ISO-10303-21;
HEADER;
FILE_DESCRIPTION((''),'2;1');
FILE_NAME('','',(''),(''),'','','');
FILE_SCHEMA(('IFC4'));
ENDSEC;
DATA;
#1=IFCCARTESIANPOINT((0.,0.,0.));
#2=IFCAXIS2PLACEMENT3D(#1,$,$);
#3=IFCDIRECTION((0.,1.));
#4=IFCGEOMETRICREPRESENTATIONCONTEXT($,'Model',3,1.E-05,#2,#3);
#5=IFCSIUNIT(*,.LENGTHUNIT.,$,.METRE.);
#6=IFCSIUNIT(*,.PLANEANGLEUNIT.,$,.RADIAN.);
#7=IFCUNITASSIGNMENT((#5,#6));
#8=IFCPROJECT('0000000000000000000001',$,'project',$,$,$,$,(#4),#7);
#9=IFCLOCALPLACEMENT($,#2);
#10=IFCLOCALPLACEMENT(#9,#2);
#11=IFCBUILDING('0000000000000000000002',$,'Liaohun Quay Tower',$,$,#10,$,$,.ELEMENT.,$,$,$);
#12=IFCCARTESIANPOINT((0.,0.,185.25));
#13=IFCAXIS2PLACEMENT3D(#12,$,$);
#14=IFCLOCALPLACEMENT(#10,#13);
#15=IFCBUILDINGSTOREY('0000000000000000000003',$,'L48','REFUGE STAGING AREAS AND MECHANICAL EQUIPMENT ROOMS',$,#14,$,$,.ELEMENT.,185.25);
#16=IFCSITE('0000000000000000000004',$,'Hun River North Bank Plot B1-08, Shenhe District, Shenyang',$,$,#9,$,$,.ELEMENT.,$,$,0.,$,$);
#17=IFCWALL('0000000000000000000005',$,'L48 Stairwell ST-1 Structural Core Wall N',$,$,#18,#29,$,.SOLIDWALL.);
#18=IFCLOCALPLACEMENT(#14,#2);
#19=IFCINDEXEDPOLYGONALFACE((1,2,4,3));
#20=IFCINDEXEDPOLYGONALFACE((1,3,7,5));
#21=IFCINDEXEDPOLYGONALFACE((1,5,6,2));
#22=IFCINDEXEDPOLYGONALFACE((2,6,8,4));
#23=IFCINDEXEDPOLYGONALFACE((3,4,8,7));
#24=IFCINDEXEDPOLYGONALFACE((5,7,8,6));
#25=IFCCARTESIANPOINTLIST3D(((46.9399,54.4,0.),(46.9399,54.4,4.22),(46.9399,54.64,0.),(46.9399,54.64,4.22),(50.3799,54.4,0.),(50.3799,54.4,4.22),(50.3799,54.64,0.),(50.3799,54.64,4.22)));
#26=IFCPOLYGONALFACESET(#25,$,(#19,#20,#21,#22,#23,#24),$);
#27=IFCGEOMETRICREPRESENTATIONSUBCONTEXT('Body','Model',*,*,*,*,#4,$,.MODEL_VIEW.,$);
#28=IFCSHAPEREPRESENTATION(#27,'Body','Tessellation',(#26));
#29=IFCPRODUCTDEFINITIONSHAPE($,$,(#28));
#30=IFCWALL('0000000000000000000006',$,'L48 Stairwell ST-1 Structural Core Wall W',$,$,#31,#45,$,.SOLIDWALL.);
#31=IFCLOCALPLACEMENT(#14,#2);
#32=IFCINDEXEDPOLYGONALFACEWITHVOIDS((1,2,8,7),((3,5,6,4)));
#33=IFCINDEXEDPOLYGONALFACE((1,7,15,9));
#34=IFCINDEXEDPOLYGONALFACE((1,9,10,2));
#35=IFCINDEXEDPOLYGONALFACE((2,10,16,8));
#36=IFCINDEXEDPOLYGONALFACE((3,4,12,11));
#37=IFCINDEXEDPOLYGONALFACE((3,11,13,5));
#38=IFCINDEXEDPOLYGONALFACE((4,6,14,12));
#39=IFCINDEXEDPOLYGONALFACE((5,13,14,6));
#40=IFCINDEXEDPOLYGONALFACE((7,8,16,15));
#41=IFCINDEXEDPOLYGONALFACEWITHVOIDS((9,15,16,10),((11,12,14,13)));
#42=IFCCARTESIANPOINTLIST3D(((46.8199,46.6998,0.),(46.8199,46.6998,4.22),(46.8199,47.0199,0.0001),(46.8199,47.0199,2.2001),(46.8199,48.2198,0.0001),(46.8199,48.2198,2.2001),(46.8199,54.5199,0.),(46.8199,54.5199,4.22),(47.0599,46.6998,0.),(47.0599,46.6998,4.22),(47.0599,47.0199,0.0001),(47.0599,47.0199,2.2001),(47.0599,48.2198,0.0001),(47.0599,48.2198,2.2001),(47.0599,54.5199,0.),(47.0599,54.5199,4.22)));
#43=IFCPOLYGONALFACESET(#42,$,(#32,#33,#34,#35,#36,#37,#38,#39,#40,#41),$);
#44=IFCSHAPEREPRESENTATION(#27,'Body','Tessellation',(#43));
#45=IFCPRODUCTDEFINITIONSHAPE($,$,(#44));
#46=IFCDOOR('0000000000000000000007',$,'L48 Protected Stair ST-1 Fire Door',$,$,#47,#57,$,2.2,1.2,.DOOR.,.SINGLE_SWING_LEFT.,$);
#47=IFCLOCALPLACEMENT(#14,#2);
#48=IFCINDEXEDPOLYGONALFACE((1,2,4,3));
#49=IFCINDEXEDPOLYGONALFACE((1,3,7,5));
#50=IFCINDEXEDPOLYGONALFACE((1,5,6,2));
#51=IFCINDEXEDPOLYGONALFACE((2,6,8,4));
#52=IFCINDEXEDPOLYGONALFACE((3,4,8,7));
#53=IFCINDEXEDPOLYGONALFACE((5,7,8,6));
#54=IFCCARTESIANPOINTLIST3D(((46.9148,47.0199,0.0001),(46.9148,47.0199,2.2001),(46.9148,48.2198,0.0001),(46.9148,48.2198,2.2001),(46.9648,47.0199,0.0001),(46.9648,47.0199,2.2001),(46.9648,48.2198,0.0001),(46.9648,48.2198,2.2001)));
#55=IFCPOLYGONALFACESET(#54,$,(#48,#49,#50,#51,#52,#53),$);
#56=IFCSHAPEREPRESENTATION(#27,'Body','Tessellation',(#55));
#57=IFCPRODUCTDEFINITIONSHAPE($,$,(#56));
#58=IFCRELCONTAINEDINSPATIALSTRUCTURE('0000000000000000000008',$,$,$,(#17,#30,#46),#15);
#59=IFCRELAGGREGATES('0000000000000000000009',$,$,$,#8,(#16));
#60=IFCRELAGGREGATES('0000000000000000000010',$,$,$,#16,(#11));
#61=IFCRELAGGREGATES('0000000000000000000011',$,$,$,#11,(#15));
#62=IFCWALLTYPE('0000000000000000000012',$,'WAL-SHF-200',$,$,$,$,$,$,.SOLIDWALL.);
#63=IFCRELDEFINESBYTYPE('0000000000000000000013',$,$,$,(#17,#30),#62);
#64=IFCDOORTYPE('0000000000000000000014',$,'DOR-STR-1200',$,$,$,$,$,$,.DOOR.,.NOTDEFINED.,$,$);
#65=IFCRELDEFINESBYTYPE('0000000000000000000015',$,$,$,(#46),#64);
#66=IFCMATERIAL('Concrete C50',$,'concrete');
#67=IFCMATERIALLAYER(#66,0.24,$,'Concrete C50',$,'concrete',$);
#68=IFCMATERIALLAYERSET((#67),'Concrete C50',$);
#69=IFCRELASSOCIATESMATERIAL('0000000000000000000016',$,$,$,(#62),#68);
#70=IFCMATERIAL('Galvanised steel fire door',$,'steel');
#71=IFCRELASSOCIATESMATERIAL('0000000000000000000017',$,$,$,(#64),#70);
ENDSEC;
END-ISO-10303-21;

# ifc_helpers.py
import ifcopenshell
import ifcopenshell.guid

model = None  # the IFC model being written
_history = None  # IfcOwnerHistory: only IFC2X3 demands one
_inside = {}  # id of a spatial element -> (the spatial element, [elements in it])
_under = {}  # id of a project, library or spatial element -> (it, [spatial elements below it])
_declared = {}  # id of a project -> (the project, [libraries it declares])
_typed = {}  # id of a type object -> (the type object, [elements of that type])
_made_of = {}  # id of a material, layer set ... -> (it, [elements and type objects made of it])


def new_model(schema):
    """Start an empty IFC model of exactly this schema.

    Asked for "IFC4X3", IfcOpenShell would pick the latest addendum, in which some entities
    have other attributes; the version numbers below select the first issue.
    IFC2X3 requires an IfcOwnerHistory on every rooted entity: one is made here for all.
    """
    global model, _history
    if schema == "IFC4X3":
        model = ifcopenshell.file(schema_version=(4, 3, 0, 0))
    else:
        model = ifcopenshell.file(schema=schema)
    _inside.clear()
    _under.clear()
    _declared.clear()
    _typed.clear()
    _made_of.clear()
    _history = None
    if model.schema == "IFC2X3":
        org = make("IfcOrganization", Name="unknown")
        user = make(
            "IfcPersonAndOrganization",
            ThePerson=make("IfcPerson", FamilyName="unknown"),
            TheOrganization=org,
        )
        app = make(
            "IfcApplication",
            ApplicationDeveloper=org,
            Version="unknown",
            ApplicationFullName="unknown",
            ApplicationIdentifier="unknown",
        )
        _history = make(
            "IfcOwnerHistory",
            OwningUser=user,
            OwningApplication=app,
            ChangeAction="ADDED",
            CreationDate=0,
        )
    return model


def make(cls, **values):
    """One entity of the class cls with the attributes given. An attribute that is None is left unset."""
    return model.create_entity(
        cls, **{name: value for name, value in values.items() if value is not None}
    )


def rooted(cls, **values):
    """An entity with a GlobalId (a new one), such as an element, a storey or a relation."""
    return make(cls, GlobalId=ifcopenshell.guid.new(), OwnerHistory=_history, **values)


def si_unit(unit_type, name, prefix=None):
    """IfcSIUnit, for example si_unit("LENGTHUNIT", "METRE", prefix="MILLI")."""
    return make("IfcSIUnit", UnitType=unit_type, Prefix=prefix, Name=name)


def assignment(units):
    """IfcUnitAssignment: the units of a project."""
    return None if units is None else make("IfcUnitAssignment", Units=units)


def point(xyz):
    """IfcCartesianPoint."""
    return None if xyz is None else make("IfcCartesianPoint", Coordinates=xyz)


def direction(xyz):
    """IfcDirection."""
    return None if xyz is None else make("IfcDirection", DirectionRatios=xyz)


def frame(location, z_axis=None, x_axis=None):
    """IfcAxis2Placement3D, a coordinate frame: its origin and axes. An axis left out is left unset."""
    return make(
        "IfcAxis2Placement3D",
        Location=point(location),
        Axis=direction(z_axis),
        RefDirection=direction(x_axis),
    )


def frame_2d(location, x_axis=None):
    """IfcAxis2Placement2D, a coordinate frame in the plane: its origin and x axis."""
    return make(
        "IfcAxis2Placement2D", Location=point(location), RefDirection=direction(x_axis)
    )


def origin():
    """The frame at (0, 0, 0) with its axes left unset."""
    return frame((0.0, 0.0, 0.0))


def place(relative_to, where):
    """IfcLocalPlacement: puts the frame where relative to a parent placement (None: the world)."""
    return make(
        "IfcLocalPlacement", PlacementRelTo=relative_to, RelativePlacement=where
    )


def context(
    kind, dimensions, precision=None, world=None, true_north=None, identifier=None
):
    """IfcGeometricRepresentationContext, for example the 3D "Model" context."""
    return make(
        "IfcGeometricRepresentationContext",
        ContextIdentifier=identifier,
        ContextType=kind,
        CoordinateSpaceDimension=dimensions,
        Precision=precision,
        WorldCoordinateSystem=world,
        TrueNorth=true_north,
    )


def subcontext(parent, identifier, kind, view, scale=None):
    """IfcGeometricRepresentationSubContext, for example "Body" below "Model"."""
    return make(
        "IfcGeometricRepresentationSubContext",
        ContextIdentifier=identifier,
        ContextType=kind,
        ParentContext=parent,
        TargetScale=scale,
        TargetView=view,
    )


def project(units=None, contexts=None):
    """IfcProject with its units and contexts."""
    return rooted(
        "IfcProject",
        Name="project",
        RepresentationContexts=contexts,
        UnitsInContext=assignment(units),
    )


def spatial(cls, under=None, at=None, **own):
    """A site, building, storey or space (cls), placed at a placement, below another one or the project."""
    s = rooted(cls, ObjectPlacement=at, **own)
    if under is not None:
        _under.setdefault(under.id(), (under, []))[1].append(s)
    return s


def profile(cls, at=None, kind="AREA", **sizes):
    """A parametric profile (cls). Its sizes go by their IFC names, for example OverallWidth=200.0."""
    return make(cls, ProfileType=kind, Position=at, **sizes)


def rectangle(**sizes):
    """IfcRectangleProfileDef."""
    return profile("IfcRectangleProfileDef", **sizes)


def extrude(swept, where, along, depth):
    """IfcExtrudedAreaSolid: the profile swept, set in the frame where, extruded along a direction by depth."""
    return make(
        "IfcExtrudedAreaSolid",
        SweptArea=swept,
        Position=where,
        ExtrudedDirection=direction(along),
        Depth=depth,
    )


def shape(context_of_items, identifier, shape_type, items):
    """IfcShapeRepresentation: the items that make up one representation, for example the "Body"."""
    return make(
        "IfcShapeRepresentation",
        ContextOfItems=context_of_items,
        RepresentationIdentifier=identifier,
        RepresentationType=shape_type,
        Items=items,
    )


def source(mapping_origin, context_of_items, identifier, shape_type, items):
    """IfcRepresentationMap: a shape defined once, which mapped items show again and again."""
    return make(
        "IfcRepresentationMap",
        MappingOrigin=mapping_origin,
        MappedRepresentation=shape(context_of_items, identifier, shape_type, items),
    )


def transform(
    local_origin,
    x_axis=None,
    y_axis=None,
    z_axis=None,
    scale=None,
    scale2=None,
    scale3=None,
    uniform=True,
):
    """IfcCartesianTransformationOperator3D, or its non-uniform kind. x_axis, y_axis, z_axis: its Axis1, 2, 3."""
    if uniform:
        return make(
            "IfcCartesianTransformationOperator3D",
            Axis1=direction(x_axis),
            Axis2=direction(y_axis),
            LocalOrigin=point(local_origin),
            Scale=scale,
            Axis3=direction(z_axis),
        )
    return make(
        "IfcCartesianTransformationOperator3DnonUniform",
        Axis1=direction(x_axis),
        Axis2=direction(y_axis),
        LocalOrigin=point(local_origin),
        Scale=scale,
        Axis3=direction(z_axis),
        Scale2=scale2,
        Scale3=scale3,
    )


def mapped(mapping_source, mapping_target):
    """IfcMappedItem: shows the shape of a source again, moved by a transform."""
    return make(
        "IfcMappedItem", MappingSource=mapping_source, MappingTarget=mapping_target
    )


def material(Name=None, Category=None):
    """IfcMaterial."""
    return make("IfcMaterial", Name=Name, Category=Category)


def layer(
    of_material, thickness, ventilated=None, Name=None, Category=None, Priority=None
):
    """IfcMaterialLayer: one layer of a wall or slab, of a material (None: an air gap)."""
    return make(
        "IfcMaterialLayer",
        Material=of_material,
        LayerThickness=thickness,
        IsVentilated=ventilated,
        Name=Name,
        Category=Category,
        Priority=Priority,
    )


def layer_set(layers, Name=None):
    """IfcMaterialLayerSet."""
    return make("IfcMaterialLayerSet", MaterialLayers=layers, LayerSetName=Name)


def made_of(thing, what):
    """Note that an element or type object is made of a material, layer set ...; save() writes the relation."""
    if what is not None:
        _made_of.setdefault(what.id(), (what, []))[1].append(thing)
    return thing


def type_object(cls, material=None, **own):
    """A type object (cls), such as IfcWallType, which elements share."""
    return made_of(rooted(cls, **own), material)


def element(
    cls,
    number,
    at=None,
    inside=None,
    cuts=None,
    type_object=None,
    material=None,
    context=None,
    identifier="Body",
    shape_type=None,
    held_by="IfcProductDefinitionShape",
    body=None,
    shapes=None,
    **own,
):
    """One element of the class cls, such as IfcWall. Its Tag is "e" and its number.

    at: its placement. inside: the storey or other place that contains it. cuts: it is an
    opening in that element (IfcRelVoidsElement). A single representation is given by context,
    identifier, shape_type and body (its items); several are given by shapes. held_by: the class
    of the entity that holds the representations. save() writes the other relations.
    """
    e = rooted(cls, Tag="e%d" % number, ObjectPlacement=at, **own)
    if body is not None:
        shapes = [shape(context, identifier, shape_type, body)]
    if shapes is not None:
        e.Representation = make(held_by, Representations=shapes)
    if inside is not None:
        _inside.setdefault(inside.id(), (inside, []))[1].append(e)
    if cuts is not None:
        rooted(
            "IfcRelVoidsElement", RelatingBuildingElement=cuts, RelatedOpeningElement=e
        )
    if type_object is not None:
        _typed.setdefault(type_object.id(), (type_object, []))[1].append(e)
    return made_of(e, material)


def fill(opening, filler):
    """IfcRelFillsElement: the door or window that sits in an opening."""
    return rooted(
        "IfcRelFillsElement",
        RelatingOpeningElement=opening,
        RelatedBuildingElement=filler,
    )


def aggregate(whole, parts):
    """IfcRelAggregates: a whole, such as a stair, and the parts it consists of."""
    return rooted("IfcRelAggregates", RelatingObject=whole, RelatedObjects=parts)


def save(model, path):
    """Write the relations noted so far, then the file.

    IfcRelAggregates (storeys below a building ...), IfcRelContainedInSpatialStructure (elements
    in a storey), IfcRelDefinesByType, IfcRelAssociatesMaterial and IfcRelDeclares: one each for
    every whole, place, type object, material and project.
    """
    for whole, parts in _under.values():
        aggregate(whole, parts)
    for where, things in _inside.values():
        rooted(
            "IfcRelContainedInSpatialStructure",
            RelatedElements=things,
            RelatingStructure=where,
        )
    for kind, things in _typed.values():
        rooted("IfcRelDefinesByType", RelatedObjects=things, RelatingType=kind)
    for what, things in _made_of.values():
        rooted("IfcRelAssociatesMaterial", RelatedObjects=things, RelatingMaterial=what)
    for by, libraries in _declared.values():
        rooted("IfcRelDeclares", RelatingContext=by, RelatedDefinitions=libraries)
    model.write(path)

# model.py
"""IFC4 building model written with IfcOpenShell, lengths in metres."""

from ifc_helpers import new_model, si_unit, direction, frame, frame_2d, origin, place, context, subcontext, project, spatial, rectangle, extrude, source, transform, mapped, material, layer, layer_set, type_object, element, fill, save


model = new_model("IFC4")

# Units and contexts
model_context = context("Model", 3, precision=1e-05, world=origin(), true_north=direction((0.0, 1.0)))
body_context = subcontext(model_context, "Body", "Model", "MODEL_VIEW")
ifc_project = project(units=[si_unit("LENGTHUNIT", "METRE"), si_unit("PLANEANGLEUNIT", "RADIAN")], contexts=[model_context])

# Site, building, storey
site_placement = place(None, origin())
site = spatial("IfcSite", under=ifc_project, at=site_placement, Name="Hun River North Bank Plot B1-08, Shenhe District, Shenyang", CompositionType="ELEMENT", RefElevation=0.0)
building_placement = place(site_placement, origin())
building = spatial("IfcBuilding", under=site, at=building_placement, Name="Liaohun Quay Tower", CompositionType="ELEMENT")
storey_placement = place(building_placement, frame((0.0, 0.0, 185.25)))
storey = spatial("IfcBuildingStorey", under=building, at=storey_placement, Name="L48", Description="REFUGE STAGING AREAS AND MECHANICAL EQUIPMENT ROOMS", CompositionType="ELEMENT", Elevation=185.25)

# Wall
ifc_material_1 = material(Name="Concrete C50", Category="concrete")
ifc_layer_1 = layer(ifc_material_1, 0.24, Name="Concrete C50", Category="concrete")
ifc_layer_set_1 = layer_set([ifc_layer_1], Name="Concrete C50")
wall_type_1 = type_object("IfcWallType", Name="WAL-SHF-200", PredefinedType="SOLIDWALL", material=ifc_layer_set_1)
wall_1_placement = place(storey_placement, frame((50.3799, 54.52, 0.0), z_axis=(0.0, 0.0, 1.0), x_axis=(-1.0, 0.0, 0.0)))
element("IfcWall", 1, at=wall_1_placement, inside=storey, type_object=wall_type_1, Name="L48 Stairwell ST-1 Structural Core Wall N", PredefinedType="SOLIDWALL", context=body_context, shape_type="SweptSolid", body=[
    extrude(rectangle(XDim=3.4399, YDim=0.24, at=frame_2d((1.72, 0.0))), origin(), (0.0, 0.0, 1.0), 4.22),
])

# Wall, opening, door
wall_2_placement = place(storey_placement, frame((46.9399, 54.52, 0.0), z_axis=(0.0, 0.0, 1.0), x_axis=(0.0, -1.0, 0.0)))
wall_2 = element("IfcWall", 2, at=wall_2_placement, inside=storey, type_object=wall_type_1, Name="L48 Stairwell ST-1 Structural Core Wall W", PredefinedType="SOLIDWALL", context=body_context, shape_type="SweptSolid", body=[
    extrude(rectangle(XDim=7.8201, YDim=0.24, at=frame_2d((3.9102, 0.0))), origin(), (0.0, 0.0, 1.0), 4.22),
])
shared_shape_1 = source(origin(), body_context, "Body", "SweptSolid", [
    extrude(rectangle(XDim=1.2, YDim=2.2, at=frame_2d((0.6001, 1.1001))), frame((0.0, 0.1299, 0.0), z_axis=(0.0, -1.0, 0.0), x_axis=(1.0, 0.0, 0.0)), (0.0, 0.0, 1.0), 0.26),
])
opening_1_placement = place(wall_2_placement, frame((6.3, 0.0, 0.0)))
opening_1 = element("IfcOpeningElement", 3, at=opening_1_placement, cuts=wall_2, PredefinedType="OPENING", context=body_context, shape_type="MappedRepresentation", body=[
    mapped(shared_shape_1, transform((0.0, 0.0, 0.0), x_axis=(1.0, 0.0, 0.0), y_axis=(0.0, 1.0, 0.0), z_axis=(0.0, 0.0, 1.0), scale=1.0)),
])
ifc_material_2 = material(Name="Galvanised steel fire door", Category="steel")
door_type_1 = type_object("IfcDoorType", Name="DOR-STR-1200", OperationType="NOTDEFINED", PredefinedType="DOOR", material=ifc_material_2)
shared_shape_2 = source(origin(), body_context, "Body", "SweptSolid", [
    extrude(rectangle(XDim=1.2, YDim=2.2, at=frame_2d((0.6001, 1.1001))), frame((0.0, 0.0249, 0.0), z_axis=(0.0, -1.0, 0.0), x_axis=(1.0, 0.0, 0.0)), (0.0, 0.0, 1.0), 0.05),
])
door_1_placement = place(opening_1_placement, origin())
door_1 = element("IfcDoor", 4, at=door_1_placement, inside=storey, type_object=door_type_1, Name="L48 Protected Stair ST-1 Fire Door", OperationType="SINGLE_SWING_LEFT", OverallHeight=2.2, OverallWidth=1.2, PredefinedType="DOOR", context=body_context, shape_type="MappedRepresentation", body=[
    mapped(shared_shape_2, transform((0.0, 0.0, 0.0), x_axis=(1.0, 0.0, 0.0), y_axis=(0.0, 1.0, 0.0), z_axis=(0.0, 0.0, 1.0), scale=1.0)),
])
fill(opening_1, door_1)

save(model, "model.ifc")
